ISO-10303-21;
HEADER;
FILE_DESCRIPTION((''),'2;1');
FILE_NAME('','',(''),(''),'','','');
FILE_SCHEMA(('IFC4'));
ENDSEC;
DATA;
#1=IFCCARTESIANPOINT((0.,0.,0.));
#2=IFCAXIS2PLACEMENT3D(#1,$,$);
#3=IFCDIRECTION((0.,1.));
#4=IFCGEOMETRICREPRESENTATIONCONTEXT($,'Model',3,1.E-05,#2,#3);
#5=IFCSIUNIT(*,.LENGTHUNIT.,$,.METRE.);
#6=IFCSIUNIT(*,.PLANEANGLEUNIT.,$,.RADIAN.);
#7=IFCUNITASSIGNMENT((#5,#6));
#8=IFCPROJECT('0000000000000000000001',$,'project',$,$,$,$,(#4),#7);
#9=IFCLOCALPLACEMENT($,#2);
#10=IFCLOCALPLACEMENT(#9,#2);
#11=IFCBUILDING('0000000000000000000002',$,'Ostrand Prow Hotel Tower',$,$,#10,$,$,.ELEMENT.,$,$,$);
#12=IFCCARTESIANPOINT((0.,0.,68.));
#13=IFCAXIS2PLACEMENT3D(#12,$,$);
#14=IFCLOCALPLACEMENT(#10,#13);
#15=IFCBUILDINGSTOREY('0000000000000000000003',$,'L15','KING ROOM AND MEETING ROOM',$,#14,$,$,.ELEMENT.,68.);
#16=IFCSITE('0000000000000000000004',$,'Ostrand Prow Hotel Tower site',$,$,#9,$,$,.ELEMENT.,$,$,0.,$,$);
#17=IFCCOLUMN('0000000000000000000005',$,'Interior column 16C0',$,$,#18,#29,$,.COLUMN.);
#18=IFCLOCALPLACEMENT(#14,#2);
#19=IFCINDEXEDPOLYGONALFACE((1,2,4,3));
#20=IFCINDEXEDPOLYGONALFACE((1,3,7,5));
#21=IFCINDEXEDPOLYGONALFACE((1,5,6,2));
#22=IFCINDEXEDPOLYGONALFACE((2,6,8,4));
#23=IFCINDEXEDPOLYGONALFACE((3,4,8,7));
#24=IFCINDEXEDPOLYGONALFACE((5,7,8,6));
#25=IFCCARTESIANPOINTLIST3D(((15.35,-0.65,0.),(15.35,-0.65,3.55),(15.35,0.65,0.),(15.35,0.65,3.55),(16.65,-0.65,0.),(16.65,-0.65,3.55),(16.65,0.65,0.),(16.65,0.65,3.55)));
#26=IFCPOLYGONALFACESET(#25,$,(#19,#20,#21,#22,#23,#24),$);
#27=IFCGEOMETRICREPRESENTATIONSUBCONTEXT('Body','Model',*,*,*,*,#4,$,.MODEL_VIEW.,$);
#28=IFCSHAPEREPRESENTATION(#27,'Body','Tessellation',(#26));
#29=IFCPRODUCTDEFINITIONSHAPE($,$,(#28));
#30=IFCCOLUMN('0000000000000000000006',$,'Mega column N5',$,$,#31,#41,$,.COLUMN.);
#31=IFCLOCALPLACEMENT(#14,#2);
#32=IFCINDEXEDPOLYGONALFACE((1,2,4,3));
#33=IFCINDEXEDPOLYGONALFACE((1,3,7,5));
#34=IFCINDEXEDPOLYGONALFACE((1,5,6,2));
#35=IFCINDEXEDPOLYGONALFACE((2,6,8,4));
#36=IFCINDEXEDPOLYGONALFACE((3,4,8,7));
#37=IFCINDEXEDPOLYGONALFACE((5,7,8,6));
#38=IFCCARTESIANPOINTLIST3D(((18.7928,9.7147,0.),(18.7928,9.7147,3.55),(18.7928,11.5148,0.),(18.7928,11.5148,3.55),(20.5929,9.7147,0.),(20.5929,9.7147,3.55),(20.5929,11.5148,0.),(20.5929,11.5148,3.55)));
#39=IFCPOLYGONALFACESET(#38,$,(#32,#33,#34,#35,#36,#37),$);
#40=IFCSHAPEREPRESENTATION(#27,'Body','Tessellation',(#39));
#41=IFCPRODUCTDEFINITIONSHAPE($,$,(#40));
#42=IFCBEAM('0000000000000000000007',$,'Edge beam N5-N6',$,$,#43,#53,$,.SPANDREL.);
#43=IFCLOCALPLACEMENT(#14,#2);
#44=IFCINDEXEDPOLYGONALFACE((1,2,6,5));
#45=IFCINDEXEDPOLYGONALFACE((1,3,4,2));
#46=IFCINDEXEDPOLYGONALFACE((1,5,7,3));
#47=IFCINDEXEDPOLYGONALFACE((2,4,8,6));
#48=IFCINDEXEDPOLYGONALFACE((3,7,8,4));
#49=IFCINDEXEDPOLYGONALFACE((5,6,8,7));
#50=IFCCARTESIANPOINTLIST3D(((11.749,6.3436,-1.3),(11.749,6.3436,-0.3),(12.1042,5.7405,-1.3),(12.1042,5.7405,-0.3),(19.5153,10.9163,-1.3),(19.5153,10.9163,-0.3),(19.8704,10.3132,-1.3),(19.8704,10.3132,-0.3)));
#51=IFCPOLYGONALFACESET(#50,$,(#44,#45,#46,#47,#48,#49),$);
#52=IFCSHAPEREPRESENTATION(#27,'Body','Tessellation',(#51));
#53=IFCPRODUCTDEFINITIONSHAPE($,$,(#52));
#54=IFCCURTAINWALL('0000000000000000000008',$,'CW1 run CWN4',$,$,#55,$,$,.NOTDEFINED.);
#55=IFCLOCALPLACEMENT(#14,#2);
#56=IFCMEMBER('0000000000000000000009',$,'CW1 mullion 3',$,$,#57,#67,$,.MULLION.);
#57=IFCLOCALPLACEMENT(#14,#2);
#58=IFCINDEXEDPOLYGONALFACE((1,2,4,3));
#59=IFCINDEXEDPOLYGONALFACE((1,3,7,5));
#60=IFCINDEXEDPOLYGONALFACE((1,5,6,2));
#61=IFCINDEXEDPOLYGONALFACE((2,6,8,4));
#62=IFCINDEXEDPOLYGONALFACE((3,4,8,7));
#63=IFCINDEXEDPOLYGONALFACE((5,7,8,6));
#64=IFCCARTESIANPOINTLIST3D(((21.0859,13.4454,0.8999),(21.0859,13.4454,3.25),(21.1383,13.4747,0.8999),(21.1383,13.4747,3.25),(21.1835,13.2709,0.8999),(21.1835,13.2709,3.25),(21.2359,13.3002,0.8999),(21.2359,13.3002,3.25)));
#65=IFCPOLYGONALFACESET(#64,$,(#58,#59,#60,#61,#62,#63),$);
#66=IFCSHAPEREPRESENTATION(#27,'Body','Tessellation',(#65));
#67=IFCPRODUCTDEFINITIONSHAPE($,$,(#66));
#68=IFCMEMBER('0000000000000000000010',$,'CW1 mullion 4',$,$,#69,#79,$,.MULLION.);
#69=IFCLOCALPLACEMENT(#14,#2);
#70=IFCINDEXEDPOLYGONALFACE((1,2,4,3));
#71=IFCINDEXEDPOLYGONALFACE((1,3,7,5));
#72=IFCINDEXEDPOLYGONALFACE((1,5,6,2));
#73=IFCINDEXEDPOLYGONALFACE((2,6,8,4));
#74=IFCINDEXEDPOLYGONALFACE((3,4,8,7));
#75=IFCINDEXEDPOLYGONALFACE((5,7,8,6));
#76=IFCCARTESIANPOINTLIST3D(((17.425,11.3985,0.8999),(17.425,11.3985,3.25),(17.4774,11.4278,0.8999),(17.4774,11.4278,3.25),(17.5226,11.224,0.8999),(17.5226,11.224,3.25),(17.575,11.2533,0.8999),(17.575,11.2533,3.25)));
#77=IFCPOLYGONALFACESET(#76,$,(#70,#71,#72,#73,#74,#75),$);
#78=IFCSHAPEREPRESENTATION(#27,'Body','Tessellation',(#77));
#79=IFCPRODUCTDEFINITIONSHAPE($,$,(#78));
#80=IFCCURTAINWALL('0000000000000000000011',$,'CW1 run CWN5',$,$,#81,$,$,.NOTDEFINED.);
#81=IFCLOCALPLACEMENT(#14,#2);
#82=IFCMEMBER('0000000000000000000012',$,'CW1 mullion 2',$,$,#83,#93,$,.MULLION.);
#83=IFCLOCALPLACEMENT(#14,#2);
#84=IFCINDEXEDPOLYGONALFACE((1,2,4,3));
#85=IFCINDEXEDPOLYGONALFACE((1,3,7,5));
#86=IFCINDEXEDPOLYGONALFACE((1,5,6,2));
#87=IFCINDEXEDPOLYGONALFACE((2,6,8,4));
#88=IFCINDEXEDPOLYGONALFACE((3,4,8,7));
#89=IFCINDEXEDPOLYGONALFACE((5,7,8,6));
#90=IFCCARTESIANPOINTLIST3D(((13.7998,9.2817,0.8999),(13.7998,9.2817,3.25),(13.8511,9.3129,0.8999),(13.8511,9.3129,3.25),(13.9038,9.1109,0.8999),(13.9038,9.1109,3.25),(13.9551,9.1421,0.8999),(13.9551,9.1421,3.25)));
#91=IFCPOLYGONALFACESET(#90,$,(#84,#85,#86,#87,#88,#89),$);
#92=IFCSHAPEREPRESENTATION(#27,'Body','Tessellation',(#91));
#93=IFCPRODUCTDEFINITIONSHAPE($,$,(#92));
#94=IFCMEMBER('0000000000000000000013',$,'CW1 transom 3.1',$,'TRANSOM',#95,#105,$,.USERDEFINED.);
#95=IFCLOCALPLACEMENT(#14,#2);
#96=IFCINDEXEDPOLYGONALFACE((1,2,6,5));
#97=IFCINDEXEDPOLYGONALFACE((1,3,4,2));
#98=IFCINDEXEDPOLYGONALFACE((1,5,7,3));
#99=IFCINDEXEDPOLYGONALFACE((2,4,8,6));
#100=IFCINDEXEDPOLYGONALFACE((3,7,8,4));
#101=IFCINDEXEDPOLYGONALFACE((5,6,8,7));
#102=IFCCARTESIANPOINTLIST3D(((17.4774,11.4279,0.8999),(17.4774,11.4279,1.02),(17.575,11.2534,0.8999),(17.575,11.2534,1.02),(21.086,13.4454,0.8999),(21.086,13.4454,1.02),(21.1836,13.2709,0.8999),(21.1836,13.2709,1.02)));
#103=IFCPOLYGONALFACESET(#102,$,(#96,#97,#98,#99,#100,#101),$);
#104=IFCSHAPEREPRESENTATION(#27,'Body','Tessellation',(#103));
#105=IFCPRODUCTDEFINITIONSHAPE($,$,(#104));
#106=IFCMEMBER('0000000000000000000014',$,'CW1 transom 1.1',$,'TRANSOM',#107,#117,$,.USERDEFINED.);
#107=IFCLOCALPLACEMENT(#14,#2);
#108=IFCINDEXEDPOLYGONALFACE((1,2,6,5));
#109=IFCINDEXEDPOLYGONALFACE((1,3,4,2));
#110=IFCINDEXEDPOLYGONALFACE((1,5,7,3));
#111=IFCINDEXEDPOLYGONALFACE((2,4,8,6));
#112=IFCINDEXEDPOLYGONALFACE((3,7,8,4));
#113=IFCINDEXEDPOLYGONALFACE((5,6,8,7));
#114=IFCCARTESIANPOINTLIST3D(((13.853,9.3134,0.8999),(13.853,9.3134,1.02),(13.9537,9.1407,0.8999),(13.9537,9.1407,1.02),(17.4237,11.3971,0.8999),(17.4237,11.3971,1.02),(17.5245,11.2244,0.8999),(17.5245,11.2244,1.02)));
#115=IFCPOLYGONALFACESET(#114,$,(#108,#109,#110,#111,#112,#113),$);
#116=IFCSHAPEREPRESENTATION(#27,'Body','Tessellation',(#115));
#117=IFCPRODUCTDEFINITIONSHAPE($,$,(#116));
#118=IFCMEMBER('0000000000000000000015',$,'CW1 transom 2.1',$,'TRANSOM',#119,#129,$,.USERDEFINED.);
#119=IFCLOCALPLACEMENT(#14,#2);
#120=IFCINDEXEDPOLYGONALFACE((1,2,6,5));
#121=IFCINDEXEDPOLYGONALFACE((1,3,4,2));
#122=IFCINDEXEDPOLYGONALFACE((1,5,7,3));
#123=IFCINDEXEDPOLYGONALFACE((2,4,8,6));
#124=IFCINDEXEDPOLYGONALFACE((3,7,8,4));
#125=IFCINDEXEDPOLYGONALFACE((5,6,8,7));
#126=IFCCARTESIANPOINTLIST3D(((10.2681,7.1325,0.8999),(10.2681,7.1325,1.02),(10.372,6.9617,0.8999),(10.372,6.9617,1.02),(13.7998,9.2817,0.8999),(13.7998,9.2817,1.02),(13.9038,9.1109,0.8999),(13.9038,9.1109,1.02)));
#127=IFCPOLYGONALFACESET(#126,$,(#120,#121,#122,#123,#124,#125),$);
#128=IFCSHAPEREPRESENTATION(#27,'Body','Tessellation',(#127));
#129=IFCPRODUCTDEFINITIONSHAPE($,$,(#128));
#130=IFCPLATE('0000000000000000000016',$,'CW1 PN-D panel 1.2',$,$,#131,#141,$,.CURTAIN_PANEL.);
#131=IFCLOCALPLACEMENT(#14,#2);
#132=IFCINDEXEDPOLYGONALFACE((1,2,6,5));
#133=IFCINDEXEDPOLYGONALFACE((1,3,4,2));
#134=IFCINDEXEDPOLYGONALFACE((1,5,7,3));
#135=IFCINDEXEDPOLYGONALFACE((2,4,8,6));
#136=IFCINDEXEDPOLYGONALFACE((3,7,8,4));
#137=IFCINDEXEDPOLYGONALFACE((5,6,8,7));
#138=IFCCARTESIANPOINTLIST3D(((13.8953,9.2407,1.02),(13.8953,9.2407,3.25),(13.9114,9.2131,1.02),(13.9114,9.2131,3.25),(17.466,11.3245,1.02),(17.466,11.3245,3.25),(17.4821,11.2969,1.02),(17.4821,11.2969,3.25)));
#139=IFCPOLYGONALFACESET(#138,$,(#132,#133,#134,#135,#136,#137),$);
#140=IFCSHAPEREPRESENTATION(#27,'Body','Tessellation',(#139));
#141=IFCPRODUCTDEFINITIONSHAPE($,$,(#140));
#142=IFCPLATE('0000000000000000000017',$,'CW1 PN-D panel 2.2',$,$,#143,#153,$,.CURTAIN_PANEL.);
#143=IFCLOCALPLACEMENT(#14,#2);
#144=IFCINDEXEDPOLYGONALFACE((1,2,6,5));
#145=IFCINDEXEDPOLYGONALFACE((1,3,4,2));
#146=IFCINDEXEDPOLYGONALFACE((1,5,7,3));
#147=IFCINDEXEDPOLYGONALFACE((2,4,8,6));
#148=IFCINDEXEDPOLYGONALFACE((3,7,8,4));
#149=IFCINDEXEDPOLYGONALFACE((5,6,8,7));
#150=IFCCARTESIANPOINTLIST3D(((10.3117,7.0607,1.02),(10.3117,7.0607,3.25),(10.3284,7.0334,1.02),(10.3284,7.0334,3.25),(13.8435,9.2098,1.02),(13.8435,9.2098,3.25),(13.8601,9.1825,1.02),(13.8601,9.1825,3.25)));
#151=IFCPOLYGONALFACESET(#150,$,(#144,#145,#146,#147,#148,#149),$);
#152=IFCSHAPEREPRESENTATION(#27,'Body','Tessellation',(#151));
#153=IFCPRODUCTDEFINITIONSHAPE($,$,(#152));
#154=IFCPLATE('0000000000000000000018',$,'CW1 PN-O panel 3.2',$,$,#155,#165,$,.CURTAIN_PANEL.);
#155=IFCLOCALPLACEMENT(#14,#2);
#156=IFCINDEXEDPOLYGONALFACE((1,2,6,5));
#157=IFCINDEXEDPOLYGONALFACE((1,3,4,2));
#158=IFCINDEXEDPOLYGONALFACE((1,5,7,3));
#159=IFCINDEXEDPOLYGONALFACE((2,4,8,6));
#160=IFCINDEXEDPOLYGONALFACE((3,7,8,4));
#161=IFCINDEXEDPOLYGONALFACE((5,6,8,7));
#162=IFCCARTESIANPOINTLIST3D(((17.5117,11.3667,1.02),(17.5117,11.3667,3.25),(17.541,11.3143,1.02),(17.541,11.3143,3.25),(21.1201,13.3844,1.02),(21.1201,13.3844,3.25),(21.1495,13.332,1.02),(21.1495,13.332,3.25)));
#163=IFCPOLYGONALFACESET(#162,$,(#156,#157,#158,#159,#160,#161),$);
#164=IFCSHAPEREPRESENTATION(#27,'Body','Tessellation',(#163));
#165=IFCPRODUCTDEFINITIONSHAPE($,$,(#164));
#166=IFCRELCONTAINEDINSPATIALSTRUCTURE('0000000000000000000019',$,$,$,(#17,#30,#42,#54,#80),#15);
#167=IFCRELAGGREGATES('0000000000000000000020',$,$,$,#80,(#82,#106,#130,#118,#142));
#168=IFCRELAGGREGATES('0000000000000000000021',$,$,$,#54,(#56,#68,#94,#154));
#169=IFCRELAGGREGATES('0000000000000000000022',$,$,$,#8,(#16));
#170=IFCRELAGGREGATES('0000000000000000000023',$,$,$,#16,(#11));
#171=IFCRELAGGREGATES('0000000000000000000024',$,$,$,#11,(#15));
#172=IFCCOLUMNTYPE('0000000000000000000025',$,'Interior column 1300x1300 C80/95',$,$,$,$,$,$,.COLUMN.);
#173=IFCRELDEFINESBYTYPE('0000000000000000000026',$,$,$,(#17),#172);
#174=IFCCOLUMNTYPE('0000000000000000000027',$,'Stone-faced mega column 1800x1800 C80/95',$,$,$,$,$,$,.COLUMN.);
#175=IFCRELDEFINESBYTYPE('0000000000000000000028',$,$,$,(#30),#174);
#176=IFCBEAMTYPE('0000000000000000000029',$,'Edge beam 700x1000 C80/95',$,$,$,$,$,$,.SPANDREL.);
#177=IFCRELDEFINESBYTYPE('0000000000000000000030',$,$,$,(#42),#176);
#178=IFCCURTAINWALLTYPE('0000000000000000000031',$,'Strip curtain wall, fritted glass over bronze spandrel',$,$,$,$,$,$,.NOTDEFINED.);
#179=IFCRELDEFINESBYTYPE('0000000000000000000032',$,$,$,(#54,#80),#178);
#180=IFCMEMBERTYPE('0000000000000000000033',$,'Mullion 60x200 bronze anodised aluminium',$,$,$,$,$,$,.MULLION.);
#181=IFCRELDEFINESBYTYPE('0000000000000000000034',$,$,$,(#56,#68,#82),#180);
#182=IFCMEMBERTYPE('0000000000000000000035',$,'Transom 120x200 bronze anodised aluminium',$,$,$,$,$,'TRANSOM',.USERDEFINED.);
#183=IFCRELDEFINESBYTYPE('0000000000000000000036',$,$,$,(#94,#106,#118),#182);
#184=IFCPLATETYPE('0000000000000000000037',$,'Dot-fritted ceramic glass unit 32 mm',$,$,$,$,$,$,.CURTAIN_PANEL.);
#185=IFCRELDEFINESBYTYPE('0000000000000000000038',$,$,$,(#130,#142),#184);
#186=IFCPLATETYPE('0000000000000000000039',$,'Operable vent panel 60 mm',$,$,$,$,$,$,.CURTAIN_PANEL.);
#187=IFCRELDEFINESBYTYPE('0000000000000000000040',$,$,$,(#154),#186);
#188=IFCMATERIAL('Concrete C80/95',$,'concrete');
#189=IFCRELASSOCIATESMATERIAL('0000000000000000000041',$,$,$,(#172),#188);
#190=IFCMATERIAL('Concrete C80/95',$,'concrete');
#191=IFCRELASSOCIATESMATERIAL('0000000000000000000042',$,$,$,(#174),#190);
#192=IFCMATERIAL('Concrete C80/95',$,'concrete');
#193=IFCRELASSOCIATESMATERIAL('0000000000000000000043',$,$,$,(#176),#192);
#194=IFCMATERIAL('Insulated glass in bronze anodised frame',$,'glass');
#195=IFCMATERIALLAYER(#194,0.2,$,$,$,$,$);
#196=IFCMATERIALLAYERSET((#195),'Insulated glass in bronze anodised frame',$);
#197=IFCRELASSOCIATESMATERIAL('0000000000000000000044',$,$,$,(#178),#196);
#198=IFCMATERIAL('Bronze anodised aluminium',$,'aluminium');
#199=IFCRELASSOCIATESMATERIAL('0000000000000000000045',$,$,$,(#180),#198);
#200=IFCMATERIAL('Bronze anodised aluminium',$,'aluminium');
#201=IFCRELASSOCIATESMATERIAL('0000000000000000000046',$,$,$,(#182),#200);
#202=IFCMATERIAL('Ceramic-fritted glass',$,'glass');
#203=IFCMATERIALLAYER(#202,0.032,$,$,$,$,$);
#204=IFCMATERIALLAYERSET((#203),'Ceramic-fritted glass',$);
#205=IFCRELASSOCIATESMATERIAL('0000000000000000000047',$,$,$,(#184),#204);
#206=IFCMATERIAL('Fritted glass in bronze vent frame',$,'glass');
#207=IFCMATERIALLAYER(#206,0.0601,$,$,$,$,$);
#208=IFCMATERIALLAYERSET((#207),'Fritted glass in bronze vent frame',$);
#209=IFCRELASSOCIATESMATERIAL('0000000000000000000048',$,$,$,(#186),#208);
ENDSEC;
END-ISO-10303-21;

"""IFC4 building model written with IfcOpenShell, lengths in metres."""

from ifc_helpers import new_model, si_unit, direction, frame, origin, origin_2d, place, context, subcontext, project, spatial, rectangle, extrude, material, layer, layer_set, material_profile, profile_set, type_object, element, aggregate, save


model = new_model("IFC4")

# Units and contexts
model_context = context("Model", 3, precision=1e-05, world=origin(), true_north=direction((0.0, 1.0)))
body_context = subcontext(model_context, "Body", "Model", "MODEL_VIEW")
ifc_project = project(units=[si_unit("LENGTHUNIT", "METRE"), si_unit("PLANEANGLEUNIT", "RADIAN")], contexts=[model_context])

# Site, building, storey
site_placement = place(None, origin())
site = spatial("IfcSite", under=ifc_project, at=site_placement, Name="Ostrand Prow Hotel Tower site", CompositionType="ELEMENT", RefElevation=0.0)
building_placement = place(site_placement, origin())
building = spatial("IfcBuilding", under=site, at=building_placement, Name="Ostrand Prow Hotel Tower", CompositionType="ELEMENT")
storey_placement = place(building_placement, frame((0.0, 0.0, 68.0)))
storey = spatial("IfcBuildingStorey", under=building, at=storey_placement, Name="L15", Description="KING ROOM AND MEETING ROOM", CompositionType="ELEMENT", Elevation=68.0)

# Columns
ifc_material_1 = material(Name="Concrete C80/95", Category="concrete")
ifc_material_profile_1 = material_profile(ifc_material_1, rectangle(XDim=1.3, YDim=1.3, at=origin_2d()), Name="RC 1300x1300")
ifc_profile_set_1 = profile_set([ifc_material_profile_1], Name="Concrete C80/95")
column_type_1 = type_object("IfcColumnType", Name="Interior column 1300x1300 C80/95", PredefinedType="COLUMN", material=ifc_profile_set_1)
column_1_placement = place(storey_placement, frame((16.0, 0.0, 0.0), z_axis=(0.0, 0.0, 1.0), x_axis=(1.0, 0.0, 0.0)))
element("IfcColumn", 1, at=column_1_placement, inside=storey, type_object=column_type_1, Name="Interior column 16C0", PredefinedType="COLUMN", context=body_context, shape_type="SweptSolid", body=[
    extrude(rectangle(XDim=1.3, YDim=1.3, at=origin_2d()), origin(), (0.0, 0.0, 1.0), 3.55),
])
ifc_material_2 = material(Name="Concrete C80/95", Category="concrete")
ifc_material_profile_2 = material_profile(ifc_material_2, rectangle(XDim=1.8, YDim=1.8, at=origin_2d()), Name="RC 1800x1800")
ifc_profile_set_2 = profile_set([ifc_material_profile_2], Name="Concrete C80/95")
column_type_2 = type_object("IfcColumnType", Name="Stone-faced mega column 1800x1800 C80/95", PredefinedType="COLUMN", material=ifc_profile_set_2)
column_2_placement = place(storey_placement, frame((19.6929, 10.6147, 0.0), z_axis=(0.0, 0.0, 1.0), x_axis=(1.0, 0.0, 0.0)))
element("IfcColumn", 2, at=column_2_placement, inside=storey, type_object=column_type_2, Name="Mega column N5", PredefinedType="COLUMN", context=body_context, shape_type="SweptSolid", body=[
    extrude(rectangle(XDim=1.8, YDim=1.8, at=origin_2d()), origin(), (0.0, 0.0, 1.0), 3.55),
])

# Beam
ifc_material_3 = material(Name="Concrete C80/95", Category="concrete")
ifc_material_profile_3 = material_profile(ifc_material_3, rectangle(XDim=0.7, YDim=1.0, at=origin_2d()), Name="RC 700x1000")
ifc_profile_set_3 = profile_set([ifc_material_profile_3], Name="Concrete C80/95")
beam_type = type_object("IfcBeamType", Name="Edge beam 700x1000 C80/95", PredefinedType="SPANDREL", material=ifc_profile_set_3)
beam_placement = place(storey_placement, frame((19.6929, 10.6147, -0.8), z_axis=(-0.861725, -0.507375, 0.0), x_axis=(0.507375, -0.861725, 0.0)))
element("IfcBeam", 3, at=beam_placement, inside=storey, type_object=beam_type, Name="Edge beam N5-N6", PredefinedType="SPANDREL", context=body_context, shape_type="SweptSolid", body=[
    extrude(rectangle(XDim=0.7, YDim=1.0, at=origin_2d()), origin(), (0.0, 0.0, 1.0), 9.0125),
])

# Curtain wall, members
ifc_material_4 = material(Name="Insulated glass in bronze anodised frame", Category="glass")
ifc_layer_1 = layer(ifc_material_4, 0.2)
ifc_layer_set_1 = layer_set([ifc_layer_1], Name="Insulated glass in bronze anodised frame")
curtain_wall_type = type_object("IfcCurtainWallType", Name="Strip curtain wall, fritted glass over bronze spandrel", PredefinedType="NOTDEFINED", material=ifc_layer_set_1)
curtain_wall_1_placement = place(storey_placement, origin())
curtain_wall_1 = element("IfcCurtainWall", 4, at=curtain_wall_1_placement, inside=storey, type_object=curtain_wall_type, Name="CW1 run CWN4", PredefinedType="NOTDEFINED")
ifc_material_5 = material(Name="Bronze anodised aluminium", Category="aluminium")
ifc_material_profile_4 = material_profile(ifc_material_5, rectangle(XDim=0.2, YDim=0.0601, at=origin_2d()), Name="Mullion 60x200 bronze anodised aluminium")
ifc_profile_set_4 = profile_set([ifc_material_profile_4], Name="Bronze anodised aluminium")
member_type_1 = type_object("IfcMemberType", Name="Mullion 60x200 bronze anodised aluminium", PredefinedType="MULLION", material=ifc_profile_set_4)
member_1_placement = place(storey_placement, frame((21.1609, 13.3728, 0.8999), z_axis=(0.0, 0.0, 1.0), x_axis=(0.488044, -0.872819, 0.0)))
member_1 = element("IfcMember", 5, at=member_1_placement, type_object=member_type_1, Name="CW1 mullion 3", PredefinedType="MULLION", context=body_context, shape_type="SweptSolid", body=[
    extrude(rectangle(XDim=0.2, YDim=0.0601, at=origin_2d()), origin(), (0.0, 0.0, 1.0), 2.3501),
])
member_2_placement = place(storey_placement, frame((17.5, 11.3259, 0.8999), z_axis=(0.0, 0.0, 1.0), x_axis=(0.488044, -0.872819, 0.0)))
member_2 = element("IfcMember", 6, at=member_2_placement, type_object=member_type_1, Name="CW1 mullion 4", PredefinedType="MULLION", context=body_context, shape_type="SweptSolid", body=[
    extrude(rectangle(XDim=0.2, YDim=0.0601, at=origin_2d()), origin(), (0.0, 0.0, 1.0), 2.3501),
])

# Curtain wall, member
curtain_wall_2_placement = place(storey_placement, origin())
curtain_wall_2 = element("IfcCurtainWall", 7, at=curtain_wall_2_placement, inside=storey, type_object=curtain_wall_type, Name="CW1 run CWN5", PredefinedType="NOTDEFINED")
member_3_placement = place(storey_placement, frame((13.8774, 9.2119, 0.8999), z_axis=(0.0, 0.0, 1.0), x_axis=(0.519831, -0.854269, 0.0)))
member_3 = element("IfcMember", 8, at=member_3_placement, type_object=member_type_1, Name="CW1 mullion 2", PredefinedType="MULLION", context=body_context, shape_type="SweptSolid", body=[
    extrude(rectangle(XDim=0.2, YDim=0.0601, at=origin_2d()), origin(), (0.0, 0.0, 1.0), 2.3501),
])

# Members
ifc_material_6 = material(Name="Bronze anodised aluminium", Category="aluminium")
ifc_material_profile_5 = material_profile(ifc_material_6, rectangle(XDim=0.2, YDim=0.1201, at=origin_2d()), Name="Transom 120x200 bronze anodised aluminium")
ifc_profile_set_5 = profile_set([ifc_material_profile_5], Name="Bronze anodised aluminium")
member_type_2 = type_object("IfcMemberType", Name="Transom 120x200 bronze anodised aluminium", ElementType="TRANSOM", PredefinedType="USERDEFINED", material=ifc_profile_set_5)
member_4_placement = place(storey_placement, frame((21.1348, 13.3582, 0.96), z_axis=(-0.872842, -0.488003, 0.0), x_axis=(0.488003, -0.872842, 0.0)))
member_4 = element("IfcMember", 9, at=member_4_placement, type_object=member_type_2, Name="CW1 transom 3.1", ObjectType="TRANSOM", PredefinedType="USERDEFINED", context=body_context, shape_type="SweptSolid", body=[
    extrude(rectangle(XDim=0.2, YDim=0.1201, at=origin_2d()), origin(), (0.0, 0.0, 1.0), 4.1343),
])
member_5_placement = place(storey_placement, frame((17.4741, 11.3108, 0.96), z_axis=(-0.863698, -0.504011, 0.0), x_axis=(0.504011, -0.863698, 0.0)))
member_5 = element("IfcMember", 10, at=member_5_placement, type_object=member_type_2, Name="CW1 transom 1.1", ObjectType="TRANSOM", PredefinedType="USERDEFINED", context=body_context, shape_type="SweptSolid", body=[
    extrude(rectangle(XDim=0.2, YDim=0.1201, at=origin_2d()), origin(), (0.0, 0.0, 1.0), 4.1343),
])
member_6_placement = place(storey_placement, frame((13.8518, 9.1963, 0.96), z_axis=(-0.854261, -0.519844, 0.0), x_axis=(0.519844, -0.854261, 0.0)))
member_6 = element("IfcMember", 11, at=member_6_placement, type_object=member_type_2, Name="CW1 transom 2.1", ObjectType="TRANSOM", PredefinedType="USERDEFINED", context=body_context, shape_type="SweptSolid", body=[
    extrude(rectangle(XDim=0.2, YDim=0.1201, at=origin_2d()), origin(), (0.0, 0.0, 1.0), 4.1343),
])

# Plates
ifc_material_7 = material(Name="Ceramic-fritted glass", Category="glass")
ifc_layer_2 = layer(ifc_material_7, 0.032)
ifc_layer_set_2 = layer_set([ifc_layer_2], Name="Ceramic-fritted glass")
plate_type_1 = type_object("IfcPlateType", Name="Dot-fritted ceramic glass unit 32 mm", PredefinedType="CURTAIN_PANEL", material=ifc_layer_set_2)
plate_1_placement = place(storey_placement, frame((15.6887, 10.2688, 1.02), z_axis=(0.0, 0.0, 1.0), x_axis=(-0.86369, -0.504023, 0.0)))
plate_1 = element("IfcPlate", 12, at=plate_1_placement, type_object=plate_type_1, Name="CW1 PN-D panel 1.2", PredefinedType="CURTAIN_PANEL", context=body_context, shape_type="SweptSolid", body=[
    extrude(rectangle(XDim=4.1343, YDim=0.032, at=origin_2d()), origin(), (0.0, 0.0, 1.0), 2.23),
])
plate_2_placement = place(storey_placement, frame((12.0859, 8.1216, 1.02), z_axis=(0.0, 0.0, 1.0), x_axis=(-0.854269, -0.519831, 0.0)))
plate_2 = element("IfcPlate", 13, at=plate_2_placement, type_object=plate_type_1, Name="CW1 PN-D panel 2.2", PredefinedType="CURTAIN_PANEL", context=body_context, shape_type="SweptSolid", body=[
    extrude(rectangle(XDim=4.1343, YDim=0.032, at=origin_2d()), origin(), (0.0, 0.0, 1.0), 2.23),
])
aggregate(curtain_wall_2, [member_3, member_5, plate_1, member_6, plate_2])
ifc_material_8 = material(Name="Fritted glass in bronze vent frame", Category="glass")
ifc_layer_3 = layer(ifc_material_8, 0.0601)
ifc_layer_set_3 = layer_set([ifc_layer_3], Name="Fritted glass in bronze vent frame")
plate_type_2 = type_object("IfcPlateType", Name="Operable vent panel 60 mm", PredefinedType="CURTAIN_PANEL", material=ifc_layer_set_3)
plate_3_placement = place(storey_placement, frame((19.3306, 12.3494, 1.02), z_axis=(0.0, 0.0, 1.0), x_axis=(-0.872819, -0.488044, 0.0)))
plate_3 = element("IfcPlate", 14, at=plate_3_placement, type_object=plate_type_2, Name="CW1 PN-O panel 3.2", PredefinedType="CURTAIN_PANEL", context=body_context, shape_type="SweptSolid", body=[
    extrude(rectangle(XDim=4.1343, YDim=0.0601, at=origin_2d()), origin(), (0.0, 0.0, 1.0), 2.23),
])
aggregate(curtain_wall_1, [member_1, member_2, member_4, plate_3])

save(model, "model.ifc")
